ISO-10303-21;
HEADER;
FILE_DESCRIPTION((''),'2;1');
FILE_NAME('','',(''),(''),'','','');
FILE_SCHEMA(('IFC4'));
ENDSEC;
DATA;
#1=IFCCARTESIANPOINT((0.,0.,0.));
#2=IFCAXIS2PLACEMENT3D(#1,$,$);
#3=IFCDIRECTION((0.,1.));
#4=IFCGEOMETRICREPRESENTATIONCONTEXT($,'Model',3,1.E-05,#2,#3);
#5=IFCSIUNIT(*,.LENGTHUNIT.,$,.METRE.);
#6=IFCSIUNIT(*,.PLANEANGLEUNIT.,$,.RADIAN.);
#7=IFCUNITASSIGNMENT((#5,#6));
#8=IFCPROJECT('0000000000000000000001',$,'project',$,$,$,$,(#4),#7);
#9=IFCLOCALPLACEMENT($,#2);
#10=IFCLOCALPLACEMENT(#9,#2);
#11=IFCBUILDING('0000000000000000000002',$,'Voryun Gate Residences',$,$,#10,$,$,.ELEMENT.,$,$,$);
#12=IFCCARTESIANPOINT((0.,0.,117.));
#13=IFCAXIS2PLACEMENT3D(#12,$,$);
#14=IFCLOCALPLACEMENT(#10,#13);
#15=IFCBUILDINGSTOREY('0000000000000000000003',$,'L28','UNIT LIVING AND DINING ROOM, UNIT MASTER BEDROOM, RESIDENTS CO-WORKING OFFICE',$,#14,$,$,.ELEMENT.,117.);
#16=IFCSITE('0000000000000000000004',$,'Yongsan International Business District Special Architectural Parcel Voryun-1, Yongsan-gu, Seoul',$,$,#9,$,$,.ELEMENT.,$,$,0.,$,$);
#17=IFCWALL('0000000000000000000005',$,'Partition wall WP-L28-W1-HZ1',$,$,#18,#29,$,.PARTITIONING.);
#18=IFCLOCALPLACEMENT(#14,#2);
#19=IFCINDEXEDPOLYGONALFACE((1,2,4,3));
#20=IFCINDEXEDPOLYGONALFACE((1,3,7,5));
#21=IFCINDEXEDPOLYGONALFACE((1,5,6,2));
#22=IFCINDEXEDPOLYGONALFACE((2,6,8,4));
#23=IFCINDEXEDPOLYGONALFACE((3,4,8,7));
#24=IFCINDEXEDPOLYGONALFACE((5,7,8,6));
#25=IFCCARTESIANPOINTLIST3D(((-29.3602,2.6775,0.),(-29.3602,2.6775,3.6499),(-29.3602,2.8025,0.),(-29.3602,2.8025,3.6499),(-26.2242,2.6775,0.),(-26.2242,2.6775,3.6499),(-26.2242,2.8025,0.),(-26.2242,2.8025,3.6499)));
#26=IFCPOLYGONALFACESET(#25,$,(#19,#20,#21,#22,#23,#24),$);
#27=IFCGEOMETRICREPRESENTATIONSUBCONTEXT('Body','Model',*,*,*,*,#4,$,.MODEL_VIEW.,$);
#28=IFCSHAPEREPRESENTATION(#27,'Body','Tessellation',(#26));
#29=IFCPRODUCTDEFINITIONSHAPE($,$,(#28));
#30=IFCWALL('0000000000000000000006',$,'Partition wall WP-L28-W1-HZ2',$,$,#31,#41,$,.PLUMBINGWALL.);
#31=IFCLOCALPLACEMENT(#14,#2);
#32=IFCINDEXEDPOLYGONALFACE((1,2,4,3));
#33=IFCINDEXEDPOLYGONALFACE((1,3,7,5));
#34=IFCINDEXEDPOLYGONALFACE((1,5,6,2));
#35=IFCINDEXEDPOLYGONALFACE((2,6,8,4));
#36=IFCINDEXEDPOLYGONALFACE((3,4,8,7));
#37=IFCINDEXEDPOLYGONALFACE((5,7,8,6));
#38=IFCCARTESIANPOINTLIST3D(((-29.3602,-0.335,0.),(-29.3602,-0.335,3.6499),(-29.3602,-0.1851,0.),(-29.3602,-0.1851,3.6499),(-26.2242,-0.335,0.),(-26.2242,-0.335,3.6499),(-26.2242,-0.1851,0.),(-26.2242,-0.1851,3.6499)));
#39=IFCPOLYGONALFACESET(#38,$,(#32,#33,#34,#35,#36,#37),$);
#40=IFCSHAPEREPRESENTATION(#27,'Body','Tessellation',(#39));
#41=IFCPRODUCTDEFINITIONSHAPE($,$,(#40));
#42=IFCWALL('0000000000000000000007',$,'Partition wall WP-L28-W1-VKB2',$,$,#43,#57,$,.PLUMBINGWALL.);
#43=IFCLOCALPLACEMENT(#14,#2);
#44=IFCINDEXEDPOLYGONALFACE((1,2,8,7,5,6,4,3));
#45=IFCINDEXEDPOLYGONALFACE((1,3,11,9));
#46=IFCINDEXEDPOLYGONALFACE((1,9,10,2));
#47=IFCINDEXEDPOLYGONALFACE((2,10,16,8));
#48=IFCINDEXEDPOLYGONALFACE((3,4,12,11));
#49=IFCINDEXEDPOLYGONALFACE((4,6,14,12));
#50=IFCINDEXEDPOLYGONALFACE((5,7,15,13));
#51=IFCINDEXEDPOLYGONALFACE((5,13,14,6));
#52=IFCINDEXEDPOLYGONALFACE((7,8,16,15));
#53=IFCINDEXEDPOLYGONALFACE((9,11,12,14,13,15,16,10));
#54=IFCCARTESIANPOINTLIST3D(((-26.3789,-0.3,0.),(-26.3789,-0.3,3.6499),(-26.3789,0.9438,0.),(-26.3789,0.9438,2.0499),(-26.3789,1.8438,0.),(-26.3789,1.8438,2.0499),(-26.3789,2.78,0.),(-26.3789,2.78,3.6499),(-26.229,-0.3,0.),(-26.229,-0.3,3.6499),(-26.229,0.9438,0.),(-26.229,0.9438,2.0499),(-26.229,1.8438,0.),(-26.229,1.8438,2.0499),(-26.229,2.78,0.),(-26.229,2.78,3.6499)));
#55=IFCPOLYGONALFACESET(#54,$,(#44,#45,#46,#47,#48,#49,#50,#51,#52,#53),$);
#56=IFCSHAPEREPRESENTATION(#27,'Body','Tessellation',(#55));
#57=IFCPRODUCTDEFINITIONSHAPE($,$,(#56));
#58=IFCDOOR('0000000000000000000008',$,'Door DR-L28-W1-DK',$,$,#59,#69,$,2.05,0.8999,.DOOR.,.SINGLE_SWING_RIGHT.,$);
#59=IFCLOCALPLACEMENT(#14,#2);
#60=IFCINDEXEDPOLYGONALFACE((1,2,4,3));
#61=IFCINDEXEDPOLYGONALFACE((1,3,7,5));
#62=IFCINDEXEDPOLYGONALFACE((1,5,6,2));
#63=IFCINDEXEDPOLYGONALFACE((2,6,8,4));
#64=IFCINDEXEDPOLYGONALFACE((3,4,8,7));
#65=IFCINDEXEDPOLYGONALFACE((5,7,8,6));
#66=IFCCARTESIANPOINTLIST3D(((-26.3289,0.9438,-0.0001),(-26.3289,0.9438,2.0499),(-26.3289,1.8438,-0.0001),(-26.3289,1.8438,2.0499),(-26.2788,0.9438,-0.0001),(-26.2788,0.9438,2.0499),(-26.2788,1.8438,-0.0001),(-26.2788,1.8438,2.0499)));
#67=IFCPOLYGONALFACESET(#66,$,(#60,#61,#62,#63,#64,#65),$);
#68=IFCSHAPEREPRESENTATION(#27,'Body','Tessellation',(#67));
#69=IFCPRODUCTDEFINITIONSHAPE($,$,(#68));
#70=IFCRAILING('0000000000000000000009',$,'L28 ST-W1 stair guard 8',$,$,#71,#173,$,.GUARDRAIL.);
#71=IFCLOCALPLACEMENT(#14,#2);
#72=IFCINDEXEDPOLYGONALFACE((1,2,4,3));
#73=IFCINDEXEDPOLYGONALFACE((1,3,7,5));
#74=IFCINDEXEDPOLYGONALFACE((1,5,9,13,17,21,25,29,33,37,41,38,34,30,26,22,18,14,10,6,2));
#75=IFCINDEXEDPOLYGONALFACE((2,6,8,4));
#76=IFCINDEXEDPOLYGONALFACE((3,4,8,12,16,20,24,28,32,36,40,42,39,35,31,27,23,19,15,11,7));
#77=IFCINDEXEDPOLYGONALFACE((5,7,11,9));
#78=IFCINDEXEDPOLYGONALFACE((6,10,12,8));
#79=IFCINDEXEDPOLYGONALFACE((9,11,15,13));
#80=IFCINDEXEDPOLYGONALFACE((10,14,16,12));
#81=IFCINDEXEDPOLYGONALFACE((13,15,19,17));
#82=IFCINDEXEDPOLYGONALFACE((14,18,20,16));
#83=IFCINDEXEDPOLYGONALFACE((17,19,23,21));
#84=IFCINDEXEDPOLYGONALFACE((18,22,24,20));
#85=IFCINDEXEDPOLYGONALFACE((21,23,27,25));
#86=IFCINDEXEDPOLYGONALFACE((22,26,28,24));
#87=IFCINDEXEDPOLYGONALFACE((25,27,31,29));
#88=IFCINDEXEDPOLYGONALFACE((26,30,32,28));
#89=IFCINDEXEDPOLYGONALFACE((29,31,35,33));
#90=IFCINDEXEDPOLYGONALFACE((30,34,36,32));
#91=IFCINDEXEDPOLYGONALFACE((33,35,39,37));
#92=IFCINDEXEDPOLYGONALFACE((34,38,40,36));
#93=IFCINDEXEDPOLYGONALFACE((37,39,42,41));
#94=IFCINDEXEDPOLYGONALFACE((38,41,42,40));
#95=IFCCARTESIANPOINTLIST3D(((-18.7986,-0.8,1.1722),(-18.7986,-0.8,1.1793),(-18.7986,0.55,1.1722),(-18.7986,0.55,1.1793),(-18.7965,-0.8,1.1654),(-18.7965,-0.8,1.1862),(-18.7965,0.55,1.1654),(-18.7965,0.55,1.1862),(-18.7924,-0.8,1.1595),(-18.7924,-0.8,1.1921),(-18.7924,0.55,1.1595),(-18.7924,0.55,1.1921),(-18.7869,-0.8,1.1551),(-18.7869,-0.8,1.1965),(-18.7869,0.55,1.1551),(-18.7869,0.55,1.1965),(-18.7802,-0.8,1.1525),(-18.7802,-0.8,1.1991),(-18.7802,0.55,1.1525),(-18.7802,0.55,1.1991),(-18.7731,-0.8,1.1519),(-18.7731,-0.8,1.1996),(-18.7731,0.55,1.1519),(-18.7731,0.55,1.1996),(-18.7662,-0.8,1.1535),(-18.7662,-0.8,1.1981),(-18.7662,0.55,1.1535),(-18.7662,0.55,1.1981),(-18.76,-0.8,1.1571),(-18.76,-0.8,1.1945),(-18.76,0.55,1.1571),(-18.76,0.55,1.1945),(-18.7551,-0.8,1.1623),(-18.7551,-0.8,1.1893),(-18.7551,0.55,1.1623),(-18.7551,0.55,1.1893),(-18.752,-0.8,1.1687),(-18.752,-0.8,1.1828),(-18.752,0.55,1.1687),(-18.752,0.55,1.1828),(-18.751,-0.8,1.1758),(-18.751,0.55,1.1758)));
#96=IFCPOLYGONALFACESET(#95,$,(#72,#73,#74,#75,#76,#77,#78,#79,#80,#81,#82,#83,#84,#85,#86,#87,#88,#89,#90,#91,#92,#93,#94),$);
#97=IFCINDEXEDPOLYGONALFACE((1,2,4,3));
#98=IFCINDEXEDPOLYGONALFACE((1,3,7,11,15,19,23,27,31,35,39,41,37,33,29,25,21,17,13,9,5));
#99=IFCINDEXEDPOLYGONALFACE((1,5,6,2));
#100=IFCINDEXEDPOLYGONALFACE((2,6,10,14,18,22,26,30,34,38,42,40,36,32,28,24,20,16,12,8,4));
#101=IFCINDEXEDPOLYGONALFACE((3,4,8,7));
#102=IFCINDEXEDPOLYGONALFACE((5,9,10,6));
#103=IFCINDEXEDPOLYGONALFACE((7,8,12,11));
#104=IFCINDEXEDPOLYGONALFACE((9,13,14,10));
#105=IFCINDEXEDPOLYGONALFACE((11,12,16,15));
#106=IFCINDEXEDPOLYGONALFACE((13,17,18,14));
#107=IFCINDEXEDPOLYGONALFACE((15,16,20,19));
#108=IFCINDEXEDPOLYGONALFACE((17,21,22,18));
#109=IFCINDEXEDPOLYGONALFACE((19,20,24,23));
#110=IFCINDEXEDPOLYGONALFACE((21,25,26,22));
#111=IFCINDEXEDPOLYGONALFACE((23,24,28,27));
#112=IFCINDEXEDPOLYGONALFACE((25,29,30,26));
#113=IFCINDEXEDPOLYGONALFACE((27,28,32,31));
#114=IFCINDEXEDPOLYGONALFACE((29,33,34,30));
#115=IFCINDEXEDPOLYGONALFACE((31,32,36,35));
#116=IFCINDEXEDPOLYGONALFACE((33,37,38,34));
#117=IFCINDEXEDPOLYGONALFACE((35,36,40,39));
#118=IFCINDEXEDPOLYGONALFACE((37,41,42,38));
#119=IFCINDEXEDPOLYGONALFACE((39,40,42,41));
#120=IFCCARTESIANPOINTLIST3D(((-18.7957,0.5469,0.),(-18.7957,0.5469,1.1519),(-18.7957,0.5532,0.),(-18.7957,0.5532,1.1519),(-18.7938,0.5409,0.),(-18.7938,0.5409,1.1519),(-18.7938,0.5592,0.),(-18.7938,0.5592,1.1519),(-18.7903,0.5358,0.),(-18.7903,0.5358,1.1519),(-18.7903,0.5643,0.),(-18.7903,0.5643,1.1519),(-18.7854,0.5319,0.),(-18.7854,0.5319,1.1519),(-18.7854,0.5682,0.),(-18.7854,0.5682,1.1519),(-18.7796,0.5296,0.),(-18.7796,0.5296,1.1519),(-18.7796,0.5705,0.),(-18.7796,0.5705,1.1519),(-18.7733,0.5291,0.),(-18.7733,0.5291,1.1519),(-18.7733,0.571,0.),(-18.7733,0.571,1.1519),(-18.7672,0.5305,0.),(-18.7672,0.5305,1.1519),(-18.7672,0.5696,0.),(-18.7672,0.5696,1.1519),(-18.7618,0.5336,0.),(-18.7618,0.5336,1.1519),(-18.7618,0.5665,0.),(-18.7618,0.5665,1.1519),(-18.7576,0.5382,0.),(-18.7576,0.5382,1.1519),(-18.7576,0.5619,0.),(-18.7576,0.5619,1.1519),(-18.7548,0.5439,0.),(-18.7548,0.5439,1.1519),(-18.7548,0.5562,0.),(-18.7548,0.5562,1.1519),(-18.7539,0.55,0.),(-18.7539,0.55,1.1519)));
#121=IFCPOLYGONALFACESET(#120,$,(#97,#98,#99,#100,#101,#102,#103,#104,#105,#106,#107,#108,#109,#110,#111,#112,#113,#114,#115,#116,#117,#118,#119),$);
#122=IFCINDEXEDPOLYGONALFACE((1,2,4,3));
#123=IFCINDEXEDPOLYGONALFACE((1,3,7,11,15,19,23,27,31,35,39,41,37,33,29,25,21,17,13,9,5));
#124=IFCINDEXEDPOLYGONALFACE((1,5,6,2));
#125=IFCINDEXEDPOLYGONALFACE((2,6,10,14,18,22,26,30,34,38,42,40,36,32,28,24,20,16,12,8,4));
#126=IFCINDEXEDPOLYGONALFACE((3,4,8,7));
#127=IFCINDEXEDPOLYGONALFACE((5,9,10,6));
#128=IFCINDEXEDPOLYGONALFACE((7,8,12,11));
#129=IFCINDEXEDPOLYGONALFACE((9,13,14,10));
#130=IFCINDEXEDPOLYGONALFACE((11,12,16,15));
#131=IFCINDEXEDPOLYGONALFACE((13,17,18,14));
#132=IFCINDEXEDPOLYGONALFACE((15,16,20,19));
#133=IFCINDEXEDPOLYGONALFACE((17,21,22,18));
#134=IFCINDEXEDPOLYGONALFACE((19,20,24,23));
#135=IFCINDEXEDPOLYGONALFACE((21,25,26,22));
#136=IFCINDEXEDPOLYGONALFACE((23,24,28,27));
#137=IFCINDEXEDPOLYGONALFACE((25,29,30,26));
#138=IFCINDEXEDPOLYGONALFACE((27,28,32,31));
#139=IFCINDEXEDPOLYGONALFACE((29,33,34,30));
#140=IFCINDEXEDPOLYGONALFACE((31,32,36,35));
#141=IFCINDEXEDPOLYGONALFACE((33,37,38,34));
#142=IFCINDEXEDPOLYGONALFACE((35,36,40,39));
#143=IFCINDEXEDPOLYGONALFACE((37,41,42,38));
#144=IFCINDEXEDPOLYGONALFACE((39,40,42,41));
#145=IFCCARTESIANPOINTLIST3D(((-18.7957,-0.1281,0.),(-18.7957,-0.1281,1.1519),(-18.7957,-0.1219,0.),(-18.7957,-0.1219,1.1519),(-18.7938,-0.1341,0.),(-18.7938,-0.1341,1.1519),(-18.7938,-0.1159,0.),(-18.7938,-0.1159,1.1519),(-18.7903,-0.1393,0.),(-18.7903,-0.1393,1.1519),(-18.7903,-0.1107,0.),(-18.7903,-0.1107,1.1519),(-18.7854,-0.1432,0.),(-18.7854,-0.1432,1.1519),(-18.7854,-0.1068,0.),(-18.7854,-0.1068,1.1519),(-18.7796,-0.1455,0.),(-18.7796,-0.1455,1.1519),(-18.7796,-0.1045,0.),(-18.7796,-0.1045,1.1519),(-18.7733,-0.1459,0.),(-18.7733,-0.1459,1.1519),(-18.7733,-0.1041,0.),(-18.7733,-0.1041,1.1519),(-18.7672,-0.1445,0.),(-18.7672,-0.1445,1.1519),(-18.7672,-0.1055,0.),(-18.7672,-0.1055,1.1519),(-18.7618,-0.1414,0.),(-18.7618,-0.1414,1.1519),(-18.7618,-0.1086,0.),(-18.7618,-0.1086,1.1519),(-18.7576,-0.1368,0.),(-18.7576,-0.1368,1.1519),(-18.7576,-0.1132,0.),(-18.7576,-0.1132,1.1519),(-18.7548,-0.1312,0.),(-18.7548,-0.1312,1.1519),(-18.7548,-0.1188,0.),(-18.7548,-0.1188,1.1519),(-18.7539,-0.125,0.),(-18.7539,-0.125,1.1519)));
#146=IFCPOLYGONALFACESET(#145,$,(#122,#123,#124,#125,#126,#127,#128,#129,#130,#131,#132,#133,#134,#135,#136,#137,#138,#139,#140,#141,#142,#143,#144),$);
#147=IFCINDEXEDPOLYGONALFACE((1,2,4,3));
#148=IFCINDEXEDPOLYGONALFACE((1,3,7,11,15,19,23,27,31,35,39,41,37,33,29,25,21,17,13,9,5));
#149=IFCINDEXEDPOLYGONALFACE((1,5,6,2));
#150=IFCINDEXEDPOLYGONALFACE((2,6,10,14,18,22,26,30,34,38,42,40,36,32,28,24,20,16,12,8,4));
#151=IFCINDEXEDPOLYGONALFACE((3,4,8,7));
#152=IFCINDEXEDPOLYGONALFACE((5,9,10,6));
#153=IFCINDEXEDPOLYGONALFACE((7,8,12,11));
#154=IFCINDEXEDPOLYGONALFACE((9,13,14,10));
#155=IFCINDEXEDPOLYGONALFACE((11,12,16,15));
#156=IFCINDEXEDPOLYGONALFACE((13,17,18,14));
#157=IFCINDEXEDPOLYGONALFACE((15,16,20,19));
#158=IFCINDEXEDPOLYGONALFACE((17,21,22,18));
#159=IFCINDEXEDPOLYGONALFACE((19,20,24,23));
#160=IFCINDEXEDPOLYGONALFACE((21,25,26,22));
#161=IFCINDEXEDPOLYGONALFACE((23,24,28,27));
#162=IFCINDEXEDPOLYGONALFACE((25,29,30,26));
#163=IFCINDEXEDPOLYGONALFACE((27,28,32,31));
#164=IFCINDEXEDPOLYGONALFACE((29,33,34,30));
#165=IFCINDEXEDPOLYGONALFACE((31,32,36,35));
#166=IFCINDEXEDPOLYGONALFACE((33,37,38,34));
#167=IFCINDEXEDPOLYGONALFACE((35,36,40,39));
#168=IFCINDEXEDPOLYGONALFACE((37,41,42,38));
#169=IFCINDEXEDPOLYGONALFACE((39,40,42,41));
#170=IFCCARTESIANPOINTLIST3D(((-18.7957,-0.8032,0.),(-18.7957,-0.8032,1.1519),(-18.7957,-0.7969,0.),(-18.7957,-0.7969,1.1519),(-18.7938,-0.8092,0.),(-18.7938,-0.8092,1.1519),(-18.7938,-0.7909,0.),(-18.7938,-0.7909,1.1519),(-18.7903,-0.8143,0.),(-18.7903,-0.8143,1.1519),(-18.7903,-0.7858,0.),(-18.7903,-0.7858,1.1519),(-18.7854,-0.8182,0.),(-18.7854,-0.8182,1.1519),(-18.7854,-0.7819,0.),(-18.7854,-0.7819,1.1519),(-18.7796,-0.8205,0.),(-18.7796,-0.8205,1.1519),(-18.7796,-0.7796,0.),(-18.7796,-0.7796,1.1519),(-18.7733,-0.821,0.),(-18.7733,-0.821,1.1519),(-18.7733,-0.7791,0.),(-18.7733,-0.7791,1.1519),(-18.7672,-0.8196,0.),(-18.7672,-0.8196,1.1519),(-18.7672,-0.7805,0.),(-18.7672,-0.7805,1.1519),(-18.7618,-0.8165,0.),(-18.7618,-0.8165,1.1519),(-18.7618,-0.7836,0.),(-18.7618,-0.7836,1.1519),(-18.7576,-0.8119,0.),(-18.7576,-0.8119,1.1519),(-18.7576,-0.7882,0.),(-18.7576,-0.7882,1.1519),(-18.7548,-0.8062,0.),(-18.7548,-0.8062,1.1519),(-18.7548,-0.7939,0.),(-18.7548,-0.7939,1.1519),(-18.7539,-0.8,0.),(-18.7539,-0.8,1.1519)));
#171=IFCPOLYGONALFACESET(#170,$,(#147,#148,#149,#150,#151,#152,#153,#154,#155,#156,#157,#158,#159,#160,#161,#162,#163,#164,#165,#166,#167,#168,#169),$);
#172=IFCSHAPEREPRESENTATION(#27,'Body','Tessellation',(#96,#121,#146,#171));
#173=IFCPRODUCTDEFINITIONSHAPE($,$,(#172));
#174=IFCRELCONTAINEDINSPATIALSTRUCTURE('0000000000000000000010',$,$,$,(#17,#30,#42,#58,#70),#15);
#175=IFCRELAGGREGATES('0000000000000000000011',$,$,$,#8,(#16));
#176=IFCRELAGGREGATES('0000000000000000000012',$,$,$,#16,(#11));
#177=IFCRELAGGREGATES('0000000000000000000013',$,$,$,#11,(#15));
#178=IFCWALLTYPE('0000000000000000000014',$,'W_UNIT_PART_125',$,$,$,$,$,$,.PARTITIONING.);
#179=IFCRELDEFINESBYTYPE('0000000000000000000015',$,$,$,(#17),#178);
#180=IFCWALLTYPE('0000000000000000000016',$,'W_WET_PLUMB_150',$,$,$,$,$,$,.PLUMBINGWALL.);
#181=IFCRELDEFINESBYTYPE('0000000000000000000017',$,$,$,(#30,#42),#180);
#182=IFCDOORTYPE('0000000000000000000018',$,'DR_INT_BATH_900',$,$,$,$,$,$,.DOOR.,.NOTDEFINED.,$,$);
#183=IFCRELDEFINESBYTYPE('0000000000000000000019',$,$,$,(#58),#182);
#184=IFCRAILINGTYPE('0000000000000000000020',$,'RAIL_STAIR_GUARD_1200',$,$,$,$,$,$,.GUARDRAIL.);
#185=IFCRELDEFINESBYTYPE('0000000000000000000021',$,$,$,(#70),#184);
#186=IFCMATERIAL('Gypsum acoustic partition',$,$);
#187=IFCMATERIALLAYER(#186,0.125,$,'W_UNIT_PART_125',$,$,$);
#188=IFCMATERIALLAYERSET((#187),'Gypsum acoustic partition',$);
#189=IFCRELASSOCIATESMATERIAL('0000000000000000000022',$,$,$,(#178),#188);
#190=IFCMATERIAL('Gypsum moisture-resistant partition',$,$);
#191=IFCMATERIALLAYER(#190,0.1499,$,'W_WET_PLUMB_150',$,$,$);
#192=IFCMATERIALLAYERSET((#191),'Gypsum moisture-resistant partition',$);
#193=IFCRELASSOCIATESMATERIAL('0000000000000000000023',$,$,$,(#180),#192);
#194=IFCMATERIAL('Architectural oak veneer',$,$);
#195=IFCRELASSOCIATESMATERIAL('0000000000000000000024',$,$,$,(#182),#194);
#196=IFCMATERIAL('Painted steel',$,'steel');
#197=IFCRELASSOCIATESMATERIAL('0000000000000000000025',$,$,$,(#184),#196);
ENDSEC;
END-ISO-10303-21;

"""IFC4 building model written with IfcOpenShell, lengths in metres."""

from ifc_helpers import new_model, si_unit, direction, frame, frame_2d, origin, origin_2d, place, context, subcontext, project, spatial, rectangle, circle, extrude, material, layer, layer_set, type_object, element, fill, save


model = new_model("IFC4")

# Units and contexts
model_context = context("Model", 3, precision=1e-05, world=origin(), true_north=direction((0.0, 1.0)))
body_context = subcontext(model_context, "Body", "Model", "MODEL_VIEW")
ifc_project = project(units=[si_unit("LENGTHUNIT", "METRE"), si_unit("PLANEANGLEUNIT", "RADIAN")], contexts=[model_context])

# Site, building, storey
site_placement = place(None, origin())
site = spatial("IfcSite", under=ifc_project, at=site_placement, Name="Yongsan International Business District Special Architectural Parcel Voryun-1, Yongsan-gu, Seoul", CompositionType="ELEMENT", RefElevation=0.0)
building_placement = place(site_placement, origin())
building = spatial("IfcBuilding", under=site, at=building_placement, Name="Voryun Gate Residences", CompositionType="ELEMENT")
storey_placement = place(building_placement, frame((0.0, 0.0, 117.0)))
storey = spatial("IfcBuildingStorey", under=building, at=storey_placement, Name="L28", Description="UNIT LIVING AND DINING ROOM, UNIT MASTER BEDROOM, RESIDENTS CO-WORKING OFFICE", CompositionType="ELEMENT", Elevation=117.0)

# Walls
ifc_material_1 = material(Name="Gypsum acoustic partition")
ifc_layer_1 = layer(ifc_material_1, 0.125, Name="W_UNIT_PART_125")
ifc_layer_set_1 = layer_set([ifc_layer_1], Name="Gypsum acoustic partition")
wall_type_1 = type_object("IfcWallType", Name="W_UNIT_PART_125", PredefinedType="PARTITIONING", material=ifc_layer_set_1)
wall_1_placement = place(storey_placement, frame((-29.3601, 2.74, 0.0), z_axis=(0.0, 0.0, 1.0), x_axis=(1.0, 0.0, 0.0)))
element("IfcWall", 1, at=wall_1_placement, inside=storey, type_object=wall_type_1, Name="Partition wall WP-L28-W1-HZ1", PredefinedType="PARTITIONING", context=body_context, shape_type="SweptSolid", body=[
    extrude(rectangle(XDim=3.136, YDim=0.125, at=frame_2d((1.5679, 0.0))), origin(), (0.0, 0.0, 1.0), 3.6499),
])
ifc_material_2 = material(Name="Gypsum moisture-resistant partition")
ifc_layer_2 = layer(ifc_material_2, 0.1499, Name="W_WET_PLUMB_150")
ifc_layer_set_2 = layer_set([ifc_layer_2], Name="Gypsum moisture-resistant partition")
wall_type_2 = type_object("IfcWallType", Name="W_WET_PLUMB_150", PredefinedType="PLUMBINGWALL", material=ifc_layer_set_2)
wall_2_placement = place(storey_placement, frame((-29.3601, -0.26, 0.0), z_axis=(0.0, 0.0, 1.0), x_axis=(1.0, 0.0, 0.0)))
element("IfcWall", 2, at=wall_2_placement, inside=storey, type_object=wall_type_2, Name="Partition wall WP-L28-W1-HZ2", PredefinedType="PLUMBINGWALL", context=body_context, shape_type="SweptSolid", body=[
    extrude(rectangle(XDim=3.136, YDim=0.1499, at=frame_2d((1.5679, 0.0))), origin(), (0.0, 0.0, 1.0), 3.6499),
])

# Wall, opening, door
wall_3_placement = place(storey_placement, frame((-26.304, -0.3, 0.0), z_axis=(0.0, 0.0, 1.0), x_axis=(0.0, 1.0, 0.0)))
wall_3 = element("IfcWall", 3, at=wall_3_placement, inside=storey, type_object=wall_type_2, Name="Partition wall WP-L28-W1-VKB2", PredefinedType="PLUMBINGWALL", context=body_context, shape_type="SweptSolid", body=[
    extrude(rectangle(XDim=3.0801, YDim=0.1499, at=frame_2d((1.54, 0.0))), origin(), (0.0, 0.0, 1.0), 3.6499),
])
opening_1_placement = place(wall_3_placement, frame((1.2439, 0.0, 0.0)))
opening_1 = element("IfcOpeningElement", 4, at=opening_1_placement, cuts=wall_3, PredefinedType="OPENING", context=body_context, shape_type="SweptSolid", body=[
    extrude(rectangle(XDim=0.8999, YDim=2.05, at=frame_2d((0.45, 1.0249))), frame((0.0, 0.085, 0.0), z_axis=(0.0, -1.0, 0.0), x_axis=(1.0, 0.0, 0.0)), (0.0, 0.0, 1.0), 0.1699),
])
ifc_material_3 = material(Name="Architectural oak veneer")
door_type_1 = type_object("IfcDoorType", Name="DR_INT_BATH_900", OperationType="NOTDEFINED", PredefinedType="DOOR", material=ifc_material_3)
door_1_placement = place(opening_1_placement, origin())
door_1 = element("IfcDoor", 5, at=door_1_placement, inside=storey, type_object=door_type_1, Name="Door DR-L28-W1-DK", OperationType="SINGLE_SWING_RIGHT", OverallHeight=2.05, OverallWidth=0.8999, PredefinedType="DOOR", context=body_context, shape_type="SweptSolid", body=[
    extrude(rectangle(XDim=0.8999, YDim=2.05, at=frame_2d((0.45, 1.0249))), frame((0.0, 0.0249, 0.0), z_axis=(0.0, -1.0, 0.0), x_axis=(1.0, 0.0, 0.0)), (0.0, 0.0, 1.0), 0.05),
])
fill(opening_1, door_1)

# Railing
ifc_material_4 = material(Name="Painted steel", Category="steel")
railing_type = type_object("IfcRailingType", Name="RAIL_STAIR_GUARD_1200", PredefinedType="GUARDRAIL", material=ifc_material_4)
for number, where, name in (
    (6, (-18.7749, 0.55, 0.0), "L28 ST-W1 stair guard 8"),
):
    element("IfcRailing", number, at=place(storey_placement, frame(where)), inside=storey, type_object=railing_type, Name=name, PredefinedType="GUARDRAIL", context=body_context, shape_type="SweptSolid", body=[
        extrude(circle(Radius=0.0239, at=origin_2d()), frame((0.0, 0.0, 1.1758), z_axis=(0.0, -1.0, 0.0), x_axis=(1.0, 0.0, 0.0)), (0.0, 0.0, 1.0), 1.3501),
        extrude(circle(Radius=0.021, at=origin_2d()), origin(), (0.0, 0.0, 1.0), 1.1519),
        extrude(circle(Radius=0.021, at=origin_2d()), frame((0.0, -0.675, 0.0)), (0.0, 0.0, 1.0), 1.1519),
        extrude(circle(Radius=0.021, at=origin_2d()), frame((0.0, -1.3501, 0.0)), (0.0, 0.0, 1.0), 1.1519),
    ])

save(model, "model.ifc")
